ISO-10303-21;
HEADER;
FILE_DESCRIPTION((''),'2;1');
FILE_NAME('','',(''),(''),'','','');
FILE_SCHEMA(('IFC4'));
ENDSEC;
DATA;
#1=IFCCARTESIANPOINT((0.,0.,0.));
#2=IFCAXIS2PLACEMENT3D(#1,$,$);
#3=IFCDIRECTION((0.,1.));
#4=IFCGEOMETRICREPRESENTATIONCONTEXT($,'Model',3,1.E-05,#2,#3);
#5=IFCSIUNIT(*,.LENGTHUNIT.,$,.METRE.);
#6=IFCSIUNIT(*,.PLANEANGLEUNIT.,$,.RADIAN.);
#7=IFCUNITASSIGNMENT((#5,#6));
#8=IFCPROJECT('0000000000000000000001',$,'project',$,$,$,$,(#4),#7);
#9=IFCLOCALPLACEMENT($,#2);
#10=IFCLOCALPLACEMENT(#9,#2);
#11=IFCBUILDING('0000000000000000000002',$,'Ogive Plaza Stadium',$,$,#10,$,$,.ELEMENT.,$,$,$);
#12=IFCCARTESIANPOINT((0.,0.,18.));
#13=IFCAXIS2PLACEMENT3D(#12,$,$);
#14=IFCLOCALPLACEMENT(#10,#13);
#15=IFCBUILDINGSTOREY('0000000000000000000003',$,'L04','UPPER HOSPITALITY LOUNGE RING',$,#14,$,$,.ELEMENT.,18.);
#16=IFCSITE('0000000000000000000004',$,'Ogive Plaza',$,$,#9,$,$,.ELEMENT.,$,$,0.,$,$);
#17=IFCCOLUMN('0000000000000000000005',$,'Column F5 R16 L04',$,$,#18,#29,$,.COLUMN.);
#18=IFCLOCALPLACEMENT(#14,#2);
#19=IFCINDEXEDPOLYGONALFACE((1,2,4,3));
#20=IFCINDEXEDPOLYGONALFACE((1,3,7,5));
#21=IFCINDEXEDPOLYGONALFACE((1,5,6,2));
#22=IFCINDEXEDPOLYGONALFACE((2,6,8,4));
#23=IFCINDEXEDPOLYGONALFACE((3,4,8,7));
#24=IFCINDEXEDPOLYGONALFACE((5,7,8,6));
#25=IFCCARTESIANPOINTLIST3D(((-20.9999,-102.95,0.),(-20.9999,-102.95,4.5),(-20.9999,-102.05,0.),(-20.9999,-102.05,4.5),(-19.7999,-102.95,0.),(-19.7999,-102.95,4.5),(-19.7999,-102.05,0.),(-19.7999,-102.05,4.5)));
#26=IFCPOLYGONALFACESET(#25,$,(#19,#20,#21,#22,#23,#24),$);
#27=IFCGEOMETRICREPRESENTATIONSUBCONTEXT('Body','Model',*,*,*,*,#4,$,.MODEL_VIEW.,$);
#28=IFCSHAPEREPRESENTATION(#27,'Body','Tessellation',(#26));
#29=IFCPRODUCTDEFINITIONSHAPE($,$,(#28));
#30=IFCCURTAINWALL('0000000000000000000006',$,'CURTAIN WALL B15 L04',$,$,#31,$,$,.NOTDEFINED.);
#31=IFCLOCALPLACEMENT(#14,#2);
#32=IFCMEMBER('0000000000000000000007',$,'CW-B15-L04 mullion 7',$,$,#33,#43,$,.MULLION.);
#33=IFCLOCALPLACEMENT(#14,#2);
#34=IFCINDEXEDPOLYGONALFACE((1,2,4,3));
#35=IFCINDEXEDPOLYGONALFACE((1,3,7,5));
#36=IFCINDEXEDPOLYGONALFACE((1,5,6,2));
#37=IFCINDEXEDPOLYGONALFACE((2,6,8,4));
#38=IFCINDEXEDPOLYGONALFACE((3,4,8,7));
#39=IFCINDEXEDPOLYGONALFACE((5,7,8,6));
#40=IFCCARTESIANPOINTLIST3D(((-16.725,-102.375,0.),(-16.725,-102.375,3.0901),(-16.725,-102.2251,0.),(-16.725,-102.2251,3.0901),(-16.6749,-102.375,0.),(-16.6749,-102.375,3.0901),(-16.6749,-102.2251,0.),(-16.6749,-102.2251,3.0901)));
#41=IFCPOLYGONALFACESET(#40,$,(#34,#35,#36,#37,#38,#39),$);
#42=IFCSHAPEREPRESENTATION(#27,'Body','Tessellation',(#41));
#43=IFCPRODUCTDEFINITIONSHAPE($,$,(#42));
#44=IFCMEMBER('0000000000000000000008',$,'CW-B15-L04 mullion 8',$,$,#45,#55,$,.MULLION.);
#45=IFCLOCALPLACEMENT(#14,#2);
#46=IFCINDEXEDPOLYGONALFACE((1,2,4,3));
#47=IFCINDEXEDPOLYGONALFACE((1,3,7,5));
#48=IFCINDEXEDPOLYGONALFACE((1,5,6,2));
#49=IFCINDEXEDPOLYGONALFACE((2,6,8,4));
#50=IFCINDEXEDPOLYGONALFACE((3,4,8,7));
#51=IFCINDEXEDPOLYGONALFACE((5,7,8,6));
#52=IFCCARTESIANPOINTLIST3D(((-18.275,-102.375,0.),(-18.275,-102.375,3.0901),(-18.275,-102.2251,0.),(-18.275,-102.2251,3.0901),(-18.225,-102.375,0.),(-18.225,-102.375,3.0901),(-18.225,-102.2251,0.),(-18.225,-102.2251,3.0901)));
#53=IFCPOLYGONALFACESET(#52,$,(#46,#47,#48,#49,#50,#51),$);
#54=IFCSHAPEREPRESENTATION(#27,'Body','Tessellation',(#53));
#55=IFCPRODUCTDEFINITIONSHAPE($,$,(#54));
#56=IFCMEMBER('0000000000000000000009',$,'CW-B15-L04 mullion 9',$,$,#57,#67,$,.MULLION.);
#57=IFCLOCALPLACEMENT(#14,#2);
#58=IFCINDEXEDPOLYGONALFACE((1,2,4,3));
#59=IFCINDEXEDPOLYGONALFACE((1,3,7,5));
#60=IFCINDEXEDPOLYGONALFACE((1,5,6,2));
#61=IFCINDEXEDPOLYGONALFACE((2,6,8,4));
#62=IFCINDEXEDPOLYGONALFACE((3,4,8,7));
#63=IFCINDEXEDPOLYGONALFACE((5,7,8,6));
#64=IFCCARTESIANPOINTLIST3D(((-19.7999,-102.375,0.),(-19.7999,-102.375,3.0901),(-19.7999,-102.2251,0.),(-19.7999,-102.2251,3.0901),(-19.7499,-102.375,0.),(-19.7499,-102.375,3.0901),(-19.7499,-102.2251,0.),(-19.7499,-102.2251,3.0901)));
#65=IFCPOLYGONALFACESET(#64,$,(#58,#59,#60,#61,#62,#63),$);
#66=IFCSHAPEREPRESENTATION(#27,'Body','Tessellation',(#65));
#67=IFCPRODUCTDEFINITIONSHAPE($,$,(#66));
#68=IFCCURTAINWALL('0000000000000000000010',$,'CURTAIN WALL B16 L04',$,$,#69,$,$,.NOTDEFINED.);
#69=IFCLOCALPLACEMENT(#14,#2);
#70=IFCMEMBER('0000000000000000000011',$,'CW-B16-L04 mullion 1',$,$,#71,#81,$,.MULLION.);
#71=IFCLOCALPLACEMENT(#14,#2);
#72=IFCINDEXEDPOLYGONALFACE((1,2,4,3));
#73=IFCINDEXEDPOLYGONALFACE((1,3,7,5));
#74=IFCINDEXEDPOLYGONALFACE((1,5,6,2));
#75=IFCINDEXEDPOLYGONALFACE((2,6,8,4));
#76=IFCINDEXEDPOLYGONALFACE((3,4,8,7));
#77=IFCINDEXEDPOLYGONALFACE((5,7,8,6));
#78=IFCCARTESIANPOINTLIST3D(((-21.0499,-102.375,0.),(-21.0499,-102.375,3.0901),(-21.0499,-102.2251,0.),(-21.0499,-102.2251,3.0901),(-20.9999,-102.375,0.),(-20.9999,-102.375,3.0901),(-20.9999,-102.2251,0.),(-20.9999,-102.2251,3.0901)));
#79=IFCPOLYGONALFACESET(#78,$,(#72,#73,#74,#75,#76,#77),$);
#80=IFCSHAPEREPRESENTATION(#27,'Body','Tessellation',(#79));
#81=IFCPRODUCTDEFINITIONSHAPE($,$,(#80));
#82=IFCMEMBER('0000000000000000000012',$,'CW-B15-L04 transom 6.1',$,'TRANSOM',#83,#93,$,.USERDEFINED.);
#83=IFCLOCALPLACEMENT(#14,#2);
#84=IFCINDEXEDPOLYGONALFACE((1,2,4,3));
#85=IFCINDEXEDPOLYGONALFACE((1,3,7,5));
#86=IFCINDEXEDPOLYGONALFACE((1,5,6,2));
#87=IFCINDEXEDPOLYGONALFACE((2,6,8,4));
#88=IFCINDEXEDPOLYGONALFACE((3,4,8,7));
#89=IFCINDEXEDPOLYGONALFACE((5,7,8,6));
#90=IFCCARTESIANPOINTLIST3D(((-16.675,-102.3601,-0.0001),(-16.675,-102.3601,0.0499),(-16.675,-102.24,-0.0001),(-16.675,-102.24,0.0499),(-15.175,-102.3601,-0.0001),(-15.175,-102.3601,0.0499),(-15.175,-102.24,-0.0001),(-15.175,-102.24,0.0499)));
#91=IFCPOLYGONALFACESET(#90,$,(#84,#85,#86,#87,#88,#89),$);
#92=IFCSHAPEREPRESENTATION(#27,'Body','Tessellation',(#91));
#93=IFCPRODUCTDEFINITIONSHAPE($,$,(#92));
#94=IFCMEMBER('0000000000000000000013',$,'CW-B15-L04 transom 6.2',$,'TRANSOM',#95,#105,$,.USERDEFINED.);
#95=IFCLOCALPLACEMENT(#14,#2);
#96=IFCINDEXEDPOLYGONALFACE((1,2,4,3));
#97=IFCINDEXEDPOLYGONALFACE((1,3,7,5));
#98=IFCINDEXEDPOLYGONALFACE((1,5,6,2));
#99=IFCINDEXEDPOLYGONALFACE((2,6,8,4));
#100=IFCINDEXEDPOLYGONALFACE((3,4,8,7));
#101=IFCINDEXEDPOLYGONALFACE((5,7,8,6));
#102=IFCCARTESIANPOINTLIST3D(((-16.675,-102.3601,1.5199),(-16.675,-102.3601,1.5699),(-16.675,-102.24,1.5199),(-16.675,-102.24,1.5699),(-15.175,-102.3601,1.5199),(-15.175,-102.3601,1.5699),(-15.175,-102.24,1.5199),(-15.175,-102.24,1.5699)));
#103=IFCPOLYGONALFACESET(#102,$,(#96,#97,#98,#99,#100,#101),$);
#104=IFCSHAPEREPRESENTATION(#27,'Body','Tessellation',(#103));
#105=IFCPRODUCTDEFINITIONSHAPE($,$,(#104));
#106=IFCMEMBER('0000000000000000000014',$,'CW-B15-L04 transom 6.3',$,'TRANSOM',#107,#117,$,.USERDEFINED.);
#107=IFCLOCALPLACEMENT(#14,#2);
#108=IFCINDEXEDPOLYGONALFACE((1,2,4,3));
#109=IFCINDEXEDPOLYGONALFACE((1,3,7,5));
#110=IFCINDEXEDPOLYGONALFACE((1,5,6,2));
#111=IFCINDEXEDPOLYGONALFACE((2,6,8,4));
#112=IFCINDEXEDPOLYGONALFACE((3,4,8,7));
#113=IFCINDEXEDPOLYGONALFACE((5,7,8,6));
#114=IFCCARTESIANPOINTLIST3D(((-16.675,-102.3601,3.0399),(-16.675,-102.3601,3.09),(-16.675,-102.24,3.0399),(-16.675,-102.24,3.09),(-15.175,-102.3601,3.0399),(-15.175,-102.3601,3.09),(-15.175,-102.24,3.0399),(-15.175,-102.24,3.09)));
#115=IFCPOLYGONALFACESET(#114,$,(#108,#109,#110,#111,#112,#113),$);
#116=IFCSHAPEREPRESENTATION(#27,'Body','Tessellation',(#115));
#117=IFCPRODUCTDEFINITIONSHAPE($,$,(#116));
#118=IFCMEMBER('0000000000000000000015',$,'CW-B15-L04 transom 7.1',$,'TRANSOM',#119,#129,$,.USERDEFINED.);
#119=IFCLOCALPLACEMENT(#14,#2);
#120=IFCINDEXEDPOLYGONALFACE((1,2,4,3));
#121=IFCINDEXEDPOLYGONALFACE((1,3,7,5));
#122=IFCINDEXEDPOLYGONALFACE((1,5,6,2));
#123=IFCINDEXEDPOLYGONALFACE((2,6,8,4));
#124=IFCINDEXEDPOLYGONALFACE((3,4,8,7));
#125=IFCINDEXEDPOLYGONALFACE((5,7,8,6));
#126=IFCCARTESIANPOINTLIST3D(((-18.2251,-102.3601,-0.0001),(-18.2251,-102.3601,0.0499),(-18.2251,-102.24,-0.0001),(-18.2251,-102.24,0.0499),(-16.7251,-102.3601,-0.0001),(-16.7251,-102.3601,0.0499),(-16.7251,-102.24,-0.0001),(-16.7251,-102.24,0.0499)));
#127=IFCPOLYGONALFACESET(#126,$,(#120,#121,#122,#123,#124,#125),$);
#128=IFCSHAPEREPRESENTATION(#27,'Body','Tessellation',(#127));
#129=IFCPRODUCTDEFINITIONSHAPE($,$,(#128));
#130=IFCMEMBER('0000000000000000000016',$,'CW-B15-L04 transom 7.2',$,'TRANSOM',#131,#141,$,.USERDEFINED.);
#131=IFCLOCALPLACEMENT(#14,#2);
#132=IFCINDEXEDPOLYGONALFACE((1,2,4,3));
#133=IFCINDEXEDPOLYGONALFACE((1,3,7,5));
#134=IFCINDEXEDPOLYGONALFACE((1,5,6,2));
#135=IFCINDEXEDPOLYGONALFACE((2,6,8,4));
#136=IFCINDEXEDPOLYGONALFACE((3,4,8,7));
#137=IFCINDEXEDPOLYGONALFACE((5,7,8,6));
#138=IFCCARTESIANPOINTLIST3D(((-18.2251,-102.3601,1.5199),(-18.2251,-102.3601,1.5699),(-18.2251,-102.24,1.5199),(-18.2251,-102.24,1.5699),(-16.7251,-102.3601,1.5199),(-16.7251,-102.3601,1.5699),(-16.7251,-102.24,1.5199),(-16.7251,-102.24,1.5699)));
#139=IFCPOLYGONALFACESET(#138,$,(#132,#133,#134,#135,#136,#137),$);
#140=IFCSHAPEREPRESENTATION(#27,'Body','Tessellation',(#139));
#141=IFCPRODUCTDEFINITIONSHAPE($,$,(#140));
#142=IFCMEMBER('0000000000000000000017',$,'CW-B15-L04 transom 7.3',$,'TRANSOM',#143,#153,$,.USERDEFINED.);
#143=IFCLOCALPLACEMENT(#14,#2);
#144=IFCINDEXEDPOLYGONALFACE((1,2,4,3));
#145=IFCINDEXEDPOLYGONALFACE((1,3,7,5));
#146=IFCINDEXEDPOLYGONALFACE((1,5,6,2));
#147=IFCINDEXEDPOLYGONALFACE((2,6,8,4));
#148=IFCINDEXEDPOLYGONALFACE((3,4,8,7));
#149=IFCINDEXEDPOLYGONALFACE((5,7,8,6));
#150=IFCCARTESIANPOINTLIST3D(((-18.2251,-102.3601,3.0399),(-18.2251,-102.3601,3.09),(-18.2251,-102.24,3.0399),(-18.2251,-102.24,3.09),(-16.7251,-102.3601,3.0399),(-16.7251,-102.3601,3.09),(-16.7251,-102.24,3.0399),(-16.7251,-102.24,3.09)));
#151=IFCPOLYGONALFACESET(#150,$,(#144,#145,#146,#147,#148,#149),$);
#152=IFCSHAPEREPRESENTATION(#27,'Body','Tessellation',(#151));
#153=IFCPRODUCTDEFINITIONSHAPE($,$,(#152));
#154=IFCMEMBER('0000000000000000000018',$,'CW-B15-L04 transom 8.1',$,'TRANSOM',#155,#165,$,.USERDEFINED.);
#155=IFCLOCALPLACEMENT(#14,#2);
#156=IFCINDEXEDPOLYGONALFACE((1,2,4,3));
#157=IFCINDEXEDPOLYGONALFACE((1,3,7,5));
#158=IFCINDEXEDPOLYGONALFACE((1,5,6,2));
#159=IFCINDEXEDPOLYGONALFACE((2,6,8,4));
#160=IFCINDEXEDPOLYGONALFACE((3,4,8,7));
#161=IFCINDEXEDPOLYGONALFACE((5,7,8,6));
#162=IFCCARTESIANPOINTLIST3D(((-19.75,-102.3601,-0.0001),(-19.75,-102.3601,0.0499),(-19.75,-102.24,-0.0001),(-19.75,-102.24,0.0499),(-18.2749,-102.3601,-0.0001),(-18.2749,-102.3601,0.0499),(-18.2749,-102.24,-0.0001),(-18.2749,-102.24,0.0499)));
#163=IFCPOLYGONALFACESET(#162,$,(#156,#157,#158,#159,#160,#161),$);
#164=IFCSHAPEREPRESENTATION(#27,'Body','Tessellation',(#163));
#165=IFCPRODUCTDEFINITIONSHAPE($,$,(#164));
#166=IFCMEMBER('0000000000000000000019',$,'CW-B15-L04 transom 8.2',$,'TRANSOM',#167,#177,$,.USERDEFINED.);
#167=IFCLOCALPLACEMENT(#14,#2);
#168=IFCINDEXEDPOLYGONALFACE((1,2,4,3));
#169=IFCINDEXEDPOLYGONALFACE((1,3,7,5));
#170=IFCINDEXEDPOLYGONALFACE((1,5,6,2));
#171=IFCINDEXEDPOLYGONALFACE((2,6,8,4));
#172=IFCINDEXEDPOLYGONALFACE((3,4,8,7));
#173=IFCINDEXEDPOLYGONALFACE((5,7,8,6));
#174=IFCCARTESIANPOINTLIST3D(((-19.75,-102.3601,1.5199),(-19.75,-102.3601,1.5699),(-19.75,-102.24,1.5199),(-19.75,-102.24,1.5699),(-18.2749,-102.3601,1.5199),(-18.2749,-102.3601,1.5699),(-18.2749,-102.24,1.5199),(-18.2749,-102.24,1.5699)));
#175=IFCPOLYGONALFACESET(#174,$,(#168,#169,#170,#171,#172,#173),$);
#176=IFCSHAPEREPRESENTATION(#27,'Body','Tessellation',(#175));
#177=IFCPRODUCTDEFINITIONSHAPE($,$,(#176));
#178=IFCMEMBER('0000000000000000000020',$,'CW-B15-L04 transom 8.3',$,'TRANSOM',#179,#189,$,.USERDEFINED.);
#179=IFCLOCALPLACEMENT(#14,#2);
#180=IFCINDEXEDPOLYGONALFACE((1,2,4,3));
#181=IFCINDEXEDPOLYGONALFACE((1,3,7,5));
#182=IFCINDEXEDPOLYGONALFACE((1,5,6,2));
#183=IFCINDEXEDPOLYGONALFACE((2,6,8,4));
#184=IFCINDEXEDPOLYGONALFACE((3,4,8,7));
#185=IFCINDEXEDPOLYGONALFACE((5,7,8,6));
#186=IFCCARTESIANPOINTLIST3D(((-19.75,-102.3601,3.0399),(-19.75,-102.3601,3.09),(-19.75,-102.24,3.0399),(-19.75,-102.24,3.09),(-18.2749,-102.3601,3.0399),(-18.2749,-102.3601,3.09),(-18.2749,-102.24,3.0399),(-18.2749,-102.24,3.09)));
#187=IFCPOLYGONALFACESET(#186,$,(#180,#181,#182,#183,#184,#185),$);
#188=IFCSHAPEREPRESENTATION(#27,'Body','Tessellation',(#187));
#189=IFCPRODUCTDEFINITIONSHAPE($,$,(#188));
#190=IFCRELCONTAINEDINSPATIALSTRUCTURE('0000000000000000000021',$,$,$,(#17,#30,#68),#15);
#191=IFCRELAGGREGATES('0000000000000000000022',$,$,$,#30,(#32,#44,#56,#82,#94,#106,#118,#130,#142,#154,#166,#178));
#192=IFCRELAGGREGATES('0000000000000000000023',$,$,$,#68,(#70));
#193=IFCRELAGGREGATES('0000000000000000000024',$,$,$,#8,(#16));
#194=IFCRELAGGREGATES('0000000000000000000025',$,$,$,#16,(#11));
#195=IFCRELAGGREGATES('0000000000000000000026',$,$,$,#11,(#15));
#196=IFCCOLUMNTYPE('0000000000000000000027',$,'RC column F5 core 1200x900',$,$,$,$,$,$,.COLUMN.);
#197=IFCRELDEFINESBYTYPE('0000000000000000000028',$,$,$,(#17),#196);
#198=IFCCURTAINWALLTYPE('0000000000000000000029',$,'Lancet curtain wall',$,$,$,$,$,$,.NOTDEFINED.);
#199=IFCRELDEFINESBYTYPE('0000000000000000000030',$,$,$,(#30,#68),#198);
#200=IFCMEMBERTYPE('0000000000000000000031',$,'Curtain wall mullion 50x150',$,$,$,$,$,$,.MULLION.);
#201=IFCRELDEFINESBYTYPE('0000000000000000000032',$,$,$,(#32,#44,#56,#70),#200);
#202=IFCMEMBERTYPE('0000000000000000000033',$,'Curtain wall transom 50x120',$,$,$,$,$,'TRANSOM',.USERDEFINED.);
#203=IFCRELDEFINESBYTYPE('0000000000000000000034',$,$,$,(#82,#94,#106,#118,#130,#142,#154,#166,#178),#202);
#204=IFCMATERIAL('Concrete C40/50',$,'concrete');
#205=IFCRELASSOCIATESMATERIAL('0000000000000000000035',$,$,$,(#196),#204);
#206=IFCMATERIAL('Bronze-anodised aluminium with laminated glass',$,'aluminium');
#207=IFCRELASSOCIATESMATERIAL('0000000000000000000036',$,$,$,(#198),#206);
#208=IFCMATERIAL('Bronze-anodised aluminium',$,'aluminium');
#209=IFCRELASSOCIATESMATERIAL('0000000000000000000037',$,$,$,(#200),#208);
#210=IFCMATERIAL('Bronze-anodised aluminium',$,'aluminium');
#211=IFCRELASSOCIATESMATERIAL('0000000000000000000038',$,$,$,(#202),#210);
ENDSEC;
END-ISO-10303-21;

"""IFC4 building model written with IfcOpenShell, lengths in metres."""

from ifc_helpers import new_model, si_unit, direction, frame, origin, origin_2d, place, context, subcontext, project, spatial, rectangle, extrude, material, material_profile, profile_set, type_object, element, aggregate, save


model = new_model("IFC4")

# Units and contexts
model_context = context("Model", 3, precision=1e-05, world=origin(), true_north=direction((0.0, 1.0)))
body_context = subcontext(model_context, "Body", "Model", "MODEL_VIEW")
ifc_project = project(units=[si_unit("LENGTHUNIT", "METRE"), si_unit("PLANEANGLEUNIT", "RADIAN")], contexts=[model_context])

# Site, building, storey
site_placement = place(None, origin())
site = spatial("IfcSite", under=ifc_project, at=site_placement, Name="Ogive Plaza", CompositionType="ELEMENT", RefElevation=0.0)
building_placement = place(site_placement, origin())
building = spatial("IfcBuilding", under=site, at=building_placement, Name="Ogive Plaza Stadium", CompositionType="ELEMENT")
storey_placement = place(building_placement, frame((0.0, 0.0, 18.0)))
storey = spatial("IfcBuildingStorey", under=building, at=storey_placement, Name="L04", Description="UPPER HOSPITALITY LOUNGE RING", CompositionType="ELEMENT", Elevation=18.0)

# Column
ifc_material_1 = material(Name="Concrete C40/50", Category="concrete")
ifc_material_profile_1 = material_profile(ifc_material_1, rectangle(XDim=1.2, YDim=0.8999, at=origin_2d()), Name="RC 1200x900")
ifc_profile_set_1 = profile_set([ifc_material_profile_1], Name="Concrete C40/50")
column_type = type_object("IfcColumnType", Name="RC column F5 core 1200x900", PredefinedType="COLUMN", material=ifc_profile_set_1)
column_placement = place(storey_placement, frame((-20.3999, -102.5, 0.0), z_axis=(0.0, 0.0, 1.0), x_axis=(1.0, 0.0, 0.0)))
element("IfcColumn", 1, at=column_placement, inside=storey, type_object=column_type, Name="Column F5 R16 L04", PredefinedType="COLUMN", context=body_context, shape_type="SweptSolid", body=[
    extrude(rectangle(XDim=1.2, YDim=0.8999, at=origin_2d()), origin(), (0.0, 0.0, 1.0), 4.5),
])

# Curtain wall, members
ifc_material_2 = material(Name="Bronze-anodised aluminium with laminated glass", Category="aluminium")
curtain_wall_type = type_object("IfcCurtainWallType", Name="Lancet curtain wall", PredefinedType="NOTDEFINED", material=ifc_material_2)
curtain_wall_1_placement = place(storey_placement, origin())
curtain_wall_1 = element("IfcCurtainWall", 2, at=curtain_wall_1_placement, inside=storey, type_object=curtain_wall_type, Name="CURTAIN WALL B15 L04", PredefinedType="NOTDEFINED")
ifc_material_3 = material(Name="Bronze-anodised aluminium", Category="aluminium")
ifc_material_profile_2 = material_profile(ifc_material_3, rectangle(XDim=0.1499, YDim=0.05, at=origin_2d()), Name="AL 150x50")
ifc_profile_set_2 = profile_set([ifc_material_profile_2], Name="Bronze-anodised aluminium")
member_type_1 = type_object("IfcMemberType", Name="Curtain wall mullion 50x150", PredefinedType="MULLION", material=ifc_profile_set_2)
member_1_placement = place(storey_placement, frame((-16.7, -102.3, 0.0), z_axis=(0.0, 0.0, 1.0), x_axis=(0.0, -1.0, 0.0)))
member_1 = element("IfcMember", 3, at=member_1_placement, type_object=member_type_1, Name="CW-B15-L04 mullion 7", PredefinedType="MULLION", context=body_context, shape_type="SweptSolid", body=[
    extrude(rectangle(XDim=0.1499, YDim=0.05, at=origin_2d()), origin(), (0.0, 0.0, 1.0), 3.0901),
])
member_2_placement = place(storey_placement, frame((-18.25, -102.3, 0.0), z_axis=(0.0, 0.0, 1.0), x_axis=(0.0, -1.0, 0.0)))
member_2 = element("IfcMember", 4, at=member_2_placement, type_object=member_type_1, Name="CW-B15-L04 mullion 8", PredefinedType="MULLION", context=body_context, shape_type="SweptSolid", body=[
    extrude(rectangle(XDim=0.1499, YDim=0.05, at=origin_2d()), origin(), (0.0, 0.0, 1.0), 3.0901),
])
member_3_placement = place(storey_placement, frame((-19.7749, -102.3, 0.0), z_axis=(0.0, 0.0, 1.0), x_axis=(0.0, -1.0, 0.0)))
member_3 = element("IfcMember", 5, at=member_3_placement, type_object=member_type_1, Name="CW-B15-L04 mullion 9", PredefinedType="MULLION", context=body_context, shape_type="SweptSolid", body=[
    extrude(rectangle(XDim=0.1499, YDim=0.05, at=origin_2d()), origin(), (0.0, 0.0, 1.0), 3.0901),
])

# Curtain wall, member
curtain_wall_2_placement = place(storey_placement, origin())
curtain_wall_2 = element("IfcCurtainWall", 6, at=curtain_wall_2_placement, inside=storey, type_object=curtain_wall_type, Name="CURTAIN WALL B16 L04", PredefinedType="NOTDEFINED")
member_4_placement = place(storey_placement, frame((-21.0249, -102.3, 0.0), z_axis=(0.0, 0.0, 1.0), x_axis=(0.0, -1.0, 0.0)))
member_4 = element("IfcMember", 7, at=member_4_placement, type_object=member_type_1, Name="CW-B16-L04 mullion 1", PredefinedType="MULLION", context=body_context, shape_type="SweptSolid", body=[
    extrude(rectangle(XDim=0.1499, YDim=0.05, at=origin_2d()), origin(), (0.0, 0.0, 1.0), 3.0901),
])

# Members
ifc_material_4 = material(Name="Bronze-anodised aluminium", Category="aluminium")
ifc_material_profile_3 = material_profile(ifc_material_4, rectangle(XDim=0.1201, YDim=0.05, at=origin_2d()), Name="AL 120x50")
ifc_profile_set_3 = profile_set([ifc_material_profile_3], Name="Bronze-anodised aluminium")
member_type_2 = type_object("IfcMemberType", Name="Curtain wall transom 50x120", ElementType="TRANSOM", PredefinedType="USERDEFINED", material=ifc_profile_set_3)
member_5_placement = place(storey_placement, frame((-15.175, -102.3, 0.0249), z_axis=(-1.0, 0.0, 0.0), x_axis=(0.0, -1.0, 0.0)))
member_5 = element("IfcMember", 8, at=member_5_placement, type_object=member_type_2, Name="CW-B15-L04 transom 6.1", ObjectType="TRANSOM", PredefinedType="USERDEFINED", context=body_context, shape_type="SweptSolid", body=[
    extrude(rectangle(XDim=0.1201, YDim=0.05, at=origin_2d()), origin(), (0.0, 0.0, 1.0), 1.5),
])
member_6_placement = place(storey_placement, frame((-15.175, -102.3, 1.5449), z_axis=(-1.0, 0.0, 0.0), x_axis=(0.0, -1.0, 0.0)))
member_6 = element("IfcMember", 9, at=member_6_placement, type_object=member_type_2, Name="CW-B15-L04 transom 6.2", ObjectType="TRANSOM", PredefinedType="USERDEFINED", context=body_context, shape_type="SweptSolid", body=[
    extrude(rectangle(XDim=0.1201, YDim=0.05, at=origin_2d()), origin(), (0.0, 0.0, 1.0), 1.5),
])
member_7_placement = place(storey_placement, frame((-15.175, -102.3, 3.0649), z_axis=(-1.0, 0.0, 0.0), x_axis=(0.0, -1.0, 0.0)))
member_7 = element("IfcMember", 10, at=member_7_placement, type_object=member_type_2, Name="CW-B15-L04 transom 6.3", ObjectType="TRANSOM", PredefinedType="USERDEFINED", context=body_context, shape_type="SweptSolid", body=[
    extrude(rectangle(XDim=0.1201, YDim=0.05, at=origin_2d()), origin(), (0.0, 0.0, 1.0), 1.5),
])
member_8_placement = place(storey_placement, frame((-16.7251, -102.3, 0.0249), z_axis=(-1.0, 0.0, 0.0), x_axis=(0.0, -1.0, 0.0)))
member_8 = element("IfcMember", 11, at=member_8_placement, type_object=member_type_2, Name="CW-B15-L04 transom 7.1", ObjectType="TRANSOM", PredefinedType="USERDEFINED", context=body_context, shape_type="SweptSolid", body=[
    extrude(rectangle(XDim=0.1201, YDim=0.05, at=origin_2d()), origin(), (0.0, 0.0, 1.0), 1.5),
])
member_9_placement = place(storey_placement, frame((-16.7251, -102.3, 1.5449), z_axis=(-1.0, 0.0, 0.0), x_axis=(0.0, -1.0, 0.0)))
member_9 = element("IfcMember", 12, at=member_9_placement, type_object=member_type_2, Name="CW-B15-L04 transom 7.2", ObjectType="TRANSOM", PredefinedType="USERDEFINED", context=body_context, shape_type="SweptSolid", body=[
    extrude(rectangle(XDim=0.1201, YDim=0.05, at=origin_2d()), origin(), (0.0, 0.0, 1.0), 1.5),
])
member_10_placement = place(storey_placement, frame((-16.7251, -102.3, 3.0649), z_axis=(-1.0, 0.0, 0.0), x_axis=(0.0, -1.0, 0.0)))
member_10 = element("IfcMember", 13, at=member_10_placement, type_object=member_type_2, Name="CW-B15-L04 transom 7.3", ObjectType="TRANSOM", PredefinedType="USERDEFINED", context=body_context, shape_type="SweptSolid", body=[
    extrude(rectangle(XDim=0.1201, YDim=0.05, at=origin_2d()), origin(), (0.0, 0.0, 1.0), 1.5),
])
member_11_placement = place(storey_placement, frame((-18.2749, -102.3, 0.0249), z_axis=(-1.0, 0.0, 0.0), x_axis=(0.0, -1.0, 0.0)))
member_11 = element("IfcMember", 14, at=member_11_placement, type_object=member_type_2, Name="CW-B15-L04 transom 8.1", ObjectType="TRANSOM", PredefinedType="USERDEFINED", context=body_context, shape_type="SweptSolid", body=[
    extrude(rectangle(XDim=0.1201, YDim=0.05, at=origin_2d()), origin(), (0.0, 0.0, 1.0), 1.4751),
])
member_12_placement = place(storey_placement, frame((-18.2749, -102.3, 1.5449), z_axis=(-1.0, 0.0, 0.0), x_axis=(0.0, -1.0, 0.0)))
member_12 = element("IfcMember", 15, at=member_12_placement, type_object=member_type_2, Name="CW-B15-L04 transom 8.2", ObjectType="TRANSOM", PredefinedType="USERDEFINED", context=body_context, shape_type="SweptSolid", body=[
    extrude(rectangle(XDim=0.1201, YDim=0.05, at=origin_2d()), origin(), (0.0, 0.0, 1.0), 1.4751),
])
member_13_placement = place(storey_placement, frame((-18.2749, -102.3, 3.0649), z_axis=(-1.0, 0.0, 0.0), x_axis=(0.0, -1.0, 0.0)))
member_13 = element("IfcMember", 16, at=member_13_placement, type_object=member_type_2, Name="CW-B15-L04 transom 8.3", ObjectType="TRANSOM", PredefinedType="USERDEFINED", context=body_context, shape_type="SweptSolid", body=[
    extrude(rectangle(XDim=0.1201, YDim=0.05, at=origin_2d()), origin(), (0.0, 0.0, 1.0), 1.4751),
])

aggregate(curtain_wall_1, [member_1, member_2, member_3, member_5, member_6, member_7, member_8, member_9, member_10, member_11, member_12, member_13])
aggregate(curtain_wall_2, [member_4])

save(model, "model.ifc")
